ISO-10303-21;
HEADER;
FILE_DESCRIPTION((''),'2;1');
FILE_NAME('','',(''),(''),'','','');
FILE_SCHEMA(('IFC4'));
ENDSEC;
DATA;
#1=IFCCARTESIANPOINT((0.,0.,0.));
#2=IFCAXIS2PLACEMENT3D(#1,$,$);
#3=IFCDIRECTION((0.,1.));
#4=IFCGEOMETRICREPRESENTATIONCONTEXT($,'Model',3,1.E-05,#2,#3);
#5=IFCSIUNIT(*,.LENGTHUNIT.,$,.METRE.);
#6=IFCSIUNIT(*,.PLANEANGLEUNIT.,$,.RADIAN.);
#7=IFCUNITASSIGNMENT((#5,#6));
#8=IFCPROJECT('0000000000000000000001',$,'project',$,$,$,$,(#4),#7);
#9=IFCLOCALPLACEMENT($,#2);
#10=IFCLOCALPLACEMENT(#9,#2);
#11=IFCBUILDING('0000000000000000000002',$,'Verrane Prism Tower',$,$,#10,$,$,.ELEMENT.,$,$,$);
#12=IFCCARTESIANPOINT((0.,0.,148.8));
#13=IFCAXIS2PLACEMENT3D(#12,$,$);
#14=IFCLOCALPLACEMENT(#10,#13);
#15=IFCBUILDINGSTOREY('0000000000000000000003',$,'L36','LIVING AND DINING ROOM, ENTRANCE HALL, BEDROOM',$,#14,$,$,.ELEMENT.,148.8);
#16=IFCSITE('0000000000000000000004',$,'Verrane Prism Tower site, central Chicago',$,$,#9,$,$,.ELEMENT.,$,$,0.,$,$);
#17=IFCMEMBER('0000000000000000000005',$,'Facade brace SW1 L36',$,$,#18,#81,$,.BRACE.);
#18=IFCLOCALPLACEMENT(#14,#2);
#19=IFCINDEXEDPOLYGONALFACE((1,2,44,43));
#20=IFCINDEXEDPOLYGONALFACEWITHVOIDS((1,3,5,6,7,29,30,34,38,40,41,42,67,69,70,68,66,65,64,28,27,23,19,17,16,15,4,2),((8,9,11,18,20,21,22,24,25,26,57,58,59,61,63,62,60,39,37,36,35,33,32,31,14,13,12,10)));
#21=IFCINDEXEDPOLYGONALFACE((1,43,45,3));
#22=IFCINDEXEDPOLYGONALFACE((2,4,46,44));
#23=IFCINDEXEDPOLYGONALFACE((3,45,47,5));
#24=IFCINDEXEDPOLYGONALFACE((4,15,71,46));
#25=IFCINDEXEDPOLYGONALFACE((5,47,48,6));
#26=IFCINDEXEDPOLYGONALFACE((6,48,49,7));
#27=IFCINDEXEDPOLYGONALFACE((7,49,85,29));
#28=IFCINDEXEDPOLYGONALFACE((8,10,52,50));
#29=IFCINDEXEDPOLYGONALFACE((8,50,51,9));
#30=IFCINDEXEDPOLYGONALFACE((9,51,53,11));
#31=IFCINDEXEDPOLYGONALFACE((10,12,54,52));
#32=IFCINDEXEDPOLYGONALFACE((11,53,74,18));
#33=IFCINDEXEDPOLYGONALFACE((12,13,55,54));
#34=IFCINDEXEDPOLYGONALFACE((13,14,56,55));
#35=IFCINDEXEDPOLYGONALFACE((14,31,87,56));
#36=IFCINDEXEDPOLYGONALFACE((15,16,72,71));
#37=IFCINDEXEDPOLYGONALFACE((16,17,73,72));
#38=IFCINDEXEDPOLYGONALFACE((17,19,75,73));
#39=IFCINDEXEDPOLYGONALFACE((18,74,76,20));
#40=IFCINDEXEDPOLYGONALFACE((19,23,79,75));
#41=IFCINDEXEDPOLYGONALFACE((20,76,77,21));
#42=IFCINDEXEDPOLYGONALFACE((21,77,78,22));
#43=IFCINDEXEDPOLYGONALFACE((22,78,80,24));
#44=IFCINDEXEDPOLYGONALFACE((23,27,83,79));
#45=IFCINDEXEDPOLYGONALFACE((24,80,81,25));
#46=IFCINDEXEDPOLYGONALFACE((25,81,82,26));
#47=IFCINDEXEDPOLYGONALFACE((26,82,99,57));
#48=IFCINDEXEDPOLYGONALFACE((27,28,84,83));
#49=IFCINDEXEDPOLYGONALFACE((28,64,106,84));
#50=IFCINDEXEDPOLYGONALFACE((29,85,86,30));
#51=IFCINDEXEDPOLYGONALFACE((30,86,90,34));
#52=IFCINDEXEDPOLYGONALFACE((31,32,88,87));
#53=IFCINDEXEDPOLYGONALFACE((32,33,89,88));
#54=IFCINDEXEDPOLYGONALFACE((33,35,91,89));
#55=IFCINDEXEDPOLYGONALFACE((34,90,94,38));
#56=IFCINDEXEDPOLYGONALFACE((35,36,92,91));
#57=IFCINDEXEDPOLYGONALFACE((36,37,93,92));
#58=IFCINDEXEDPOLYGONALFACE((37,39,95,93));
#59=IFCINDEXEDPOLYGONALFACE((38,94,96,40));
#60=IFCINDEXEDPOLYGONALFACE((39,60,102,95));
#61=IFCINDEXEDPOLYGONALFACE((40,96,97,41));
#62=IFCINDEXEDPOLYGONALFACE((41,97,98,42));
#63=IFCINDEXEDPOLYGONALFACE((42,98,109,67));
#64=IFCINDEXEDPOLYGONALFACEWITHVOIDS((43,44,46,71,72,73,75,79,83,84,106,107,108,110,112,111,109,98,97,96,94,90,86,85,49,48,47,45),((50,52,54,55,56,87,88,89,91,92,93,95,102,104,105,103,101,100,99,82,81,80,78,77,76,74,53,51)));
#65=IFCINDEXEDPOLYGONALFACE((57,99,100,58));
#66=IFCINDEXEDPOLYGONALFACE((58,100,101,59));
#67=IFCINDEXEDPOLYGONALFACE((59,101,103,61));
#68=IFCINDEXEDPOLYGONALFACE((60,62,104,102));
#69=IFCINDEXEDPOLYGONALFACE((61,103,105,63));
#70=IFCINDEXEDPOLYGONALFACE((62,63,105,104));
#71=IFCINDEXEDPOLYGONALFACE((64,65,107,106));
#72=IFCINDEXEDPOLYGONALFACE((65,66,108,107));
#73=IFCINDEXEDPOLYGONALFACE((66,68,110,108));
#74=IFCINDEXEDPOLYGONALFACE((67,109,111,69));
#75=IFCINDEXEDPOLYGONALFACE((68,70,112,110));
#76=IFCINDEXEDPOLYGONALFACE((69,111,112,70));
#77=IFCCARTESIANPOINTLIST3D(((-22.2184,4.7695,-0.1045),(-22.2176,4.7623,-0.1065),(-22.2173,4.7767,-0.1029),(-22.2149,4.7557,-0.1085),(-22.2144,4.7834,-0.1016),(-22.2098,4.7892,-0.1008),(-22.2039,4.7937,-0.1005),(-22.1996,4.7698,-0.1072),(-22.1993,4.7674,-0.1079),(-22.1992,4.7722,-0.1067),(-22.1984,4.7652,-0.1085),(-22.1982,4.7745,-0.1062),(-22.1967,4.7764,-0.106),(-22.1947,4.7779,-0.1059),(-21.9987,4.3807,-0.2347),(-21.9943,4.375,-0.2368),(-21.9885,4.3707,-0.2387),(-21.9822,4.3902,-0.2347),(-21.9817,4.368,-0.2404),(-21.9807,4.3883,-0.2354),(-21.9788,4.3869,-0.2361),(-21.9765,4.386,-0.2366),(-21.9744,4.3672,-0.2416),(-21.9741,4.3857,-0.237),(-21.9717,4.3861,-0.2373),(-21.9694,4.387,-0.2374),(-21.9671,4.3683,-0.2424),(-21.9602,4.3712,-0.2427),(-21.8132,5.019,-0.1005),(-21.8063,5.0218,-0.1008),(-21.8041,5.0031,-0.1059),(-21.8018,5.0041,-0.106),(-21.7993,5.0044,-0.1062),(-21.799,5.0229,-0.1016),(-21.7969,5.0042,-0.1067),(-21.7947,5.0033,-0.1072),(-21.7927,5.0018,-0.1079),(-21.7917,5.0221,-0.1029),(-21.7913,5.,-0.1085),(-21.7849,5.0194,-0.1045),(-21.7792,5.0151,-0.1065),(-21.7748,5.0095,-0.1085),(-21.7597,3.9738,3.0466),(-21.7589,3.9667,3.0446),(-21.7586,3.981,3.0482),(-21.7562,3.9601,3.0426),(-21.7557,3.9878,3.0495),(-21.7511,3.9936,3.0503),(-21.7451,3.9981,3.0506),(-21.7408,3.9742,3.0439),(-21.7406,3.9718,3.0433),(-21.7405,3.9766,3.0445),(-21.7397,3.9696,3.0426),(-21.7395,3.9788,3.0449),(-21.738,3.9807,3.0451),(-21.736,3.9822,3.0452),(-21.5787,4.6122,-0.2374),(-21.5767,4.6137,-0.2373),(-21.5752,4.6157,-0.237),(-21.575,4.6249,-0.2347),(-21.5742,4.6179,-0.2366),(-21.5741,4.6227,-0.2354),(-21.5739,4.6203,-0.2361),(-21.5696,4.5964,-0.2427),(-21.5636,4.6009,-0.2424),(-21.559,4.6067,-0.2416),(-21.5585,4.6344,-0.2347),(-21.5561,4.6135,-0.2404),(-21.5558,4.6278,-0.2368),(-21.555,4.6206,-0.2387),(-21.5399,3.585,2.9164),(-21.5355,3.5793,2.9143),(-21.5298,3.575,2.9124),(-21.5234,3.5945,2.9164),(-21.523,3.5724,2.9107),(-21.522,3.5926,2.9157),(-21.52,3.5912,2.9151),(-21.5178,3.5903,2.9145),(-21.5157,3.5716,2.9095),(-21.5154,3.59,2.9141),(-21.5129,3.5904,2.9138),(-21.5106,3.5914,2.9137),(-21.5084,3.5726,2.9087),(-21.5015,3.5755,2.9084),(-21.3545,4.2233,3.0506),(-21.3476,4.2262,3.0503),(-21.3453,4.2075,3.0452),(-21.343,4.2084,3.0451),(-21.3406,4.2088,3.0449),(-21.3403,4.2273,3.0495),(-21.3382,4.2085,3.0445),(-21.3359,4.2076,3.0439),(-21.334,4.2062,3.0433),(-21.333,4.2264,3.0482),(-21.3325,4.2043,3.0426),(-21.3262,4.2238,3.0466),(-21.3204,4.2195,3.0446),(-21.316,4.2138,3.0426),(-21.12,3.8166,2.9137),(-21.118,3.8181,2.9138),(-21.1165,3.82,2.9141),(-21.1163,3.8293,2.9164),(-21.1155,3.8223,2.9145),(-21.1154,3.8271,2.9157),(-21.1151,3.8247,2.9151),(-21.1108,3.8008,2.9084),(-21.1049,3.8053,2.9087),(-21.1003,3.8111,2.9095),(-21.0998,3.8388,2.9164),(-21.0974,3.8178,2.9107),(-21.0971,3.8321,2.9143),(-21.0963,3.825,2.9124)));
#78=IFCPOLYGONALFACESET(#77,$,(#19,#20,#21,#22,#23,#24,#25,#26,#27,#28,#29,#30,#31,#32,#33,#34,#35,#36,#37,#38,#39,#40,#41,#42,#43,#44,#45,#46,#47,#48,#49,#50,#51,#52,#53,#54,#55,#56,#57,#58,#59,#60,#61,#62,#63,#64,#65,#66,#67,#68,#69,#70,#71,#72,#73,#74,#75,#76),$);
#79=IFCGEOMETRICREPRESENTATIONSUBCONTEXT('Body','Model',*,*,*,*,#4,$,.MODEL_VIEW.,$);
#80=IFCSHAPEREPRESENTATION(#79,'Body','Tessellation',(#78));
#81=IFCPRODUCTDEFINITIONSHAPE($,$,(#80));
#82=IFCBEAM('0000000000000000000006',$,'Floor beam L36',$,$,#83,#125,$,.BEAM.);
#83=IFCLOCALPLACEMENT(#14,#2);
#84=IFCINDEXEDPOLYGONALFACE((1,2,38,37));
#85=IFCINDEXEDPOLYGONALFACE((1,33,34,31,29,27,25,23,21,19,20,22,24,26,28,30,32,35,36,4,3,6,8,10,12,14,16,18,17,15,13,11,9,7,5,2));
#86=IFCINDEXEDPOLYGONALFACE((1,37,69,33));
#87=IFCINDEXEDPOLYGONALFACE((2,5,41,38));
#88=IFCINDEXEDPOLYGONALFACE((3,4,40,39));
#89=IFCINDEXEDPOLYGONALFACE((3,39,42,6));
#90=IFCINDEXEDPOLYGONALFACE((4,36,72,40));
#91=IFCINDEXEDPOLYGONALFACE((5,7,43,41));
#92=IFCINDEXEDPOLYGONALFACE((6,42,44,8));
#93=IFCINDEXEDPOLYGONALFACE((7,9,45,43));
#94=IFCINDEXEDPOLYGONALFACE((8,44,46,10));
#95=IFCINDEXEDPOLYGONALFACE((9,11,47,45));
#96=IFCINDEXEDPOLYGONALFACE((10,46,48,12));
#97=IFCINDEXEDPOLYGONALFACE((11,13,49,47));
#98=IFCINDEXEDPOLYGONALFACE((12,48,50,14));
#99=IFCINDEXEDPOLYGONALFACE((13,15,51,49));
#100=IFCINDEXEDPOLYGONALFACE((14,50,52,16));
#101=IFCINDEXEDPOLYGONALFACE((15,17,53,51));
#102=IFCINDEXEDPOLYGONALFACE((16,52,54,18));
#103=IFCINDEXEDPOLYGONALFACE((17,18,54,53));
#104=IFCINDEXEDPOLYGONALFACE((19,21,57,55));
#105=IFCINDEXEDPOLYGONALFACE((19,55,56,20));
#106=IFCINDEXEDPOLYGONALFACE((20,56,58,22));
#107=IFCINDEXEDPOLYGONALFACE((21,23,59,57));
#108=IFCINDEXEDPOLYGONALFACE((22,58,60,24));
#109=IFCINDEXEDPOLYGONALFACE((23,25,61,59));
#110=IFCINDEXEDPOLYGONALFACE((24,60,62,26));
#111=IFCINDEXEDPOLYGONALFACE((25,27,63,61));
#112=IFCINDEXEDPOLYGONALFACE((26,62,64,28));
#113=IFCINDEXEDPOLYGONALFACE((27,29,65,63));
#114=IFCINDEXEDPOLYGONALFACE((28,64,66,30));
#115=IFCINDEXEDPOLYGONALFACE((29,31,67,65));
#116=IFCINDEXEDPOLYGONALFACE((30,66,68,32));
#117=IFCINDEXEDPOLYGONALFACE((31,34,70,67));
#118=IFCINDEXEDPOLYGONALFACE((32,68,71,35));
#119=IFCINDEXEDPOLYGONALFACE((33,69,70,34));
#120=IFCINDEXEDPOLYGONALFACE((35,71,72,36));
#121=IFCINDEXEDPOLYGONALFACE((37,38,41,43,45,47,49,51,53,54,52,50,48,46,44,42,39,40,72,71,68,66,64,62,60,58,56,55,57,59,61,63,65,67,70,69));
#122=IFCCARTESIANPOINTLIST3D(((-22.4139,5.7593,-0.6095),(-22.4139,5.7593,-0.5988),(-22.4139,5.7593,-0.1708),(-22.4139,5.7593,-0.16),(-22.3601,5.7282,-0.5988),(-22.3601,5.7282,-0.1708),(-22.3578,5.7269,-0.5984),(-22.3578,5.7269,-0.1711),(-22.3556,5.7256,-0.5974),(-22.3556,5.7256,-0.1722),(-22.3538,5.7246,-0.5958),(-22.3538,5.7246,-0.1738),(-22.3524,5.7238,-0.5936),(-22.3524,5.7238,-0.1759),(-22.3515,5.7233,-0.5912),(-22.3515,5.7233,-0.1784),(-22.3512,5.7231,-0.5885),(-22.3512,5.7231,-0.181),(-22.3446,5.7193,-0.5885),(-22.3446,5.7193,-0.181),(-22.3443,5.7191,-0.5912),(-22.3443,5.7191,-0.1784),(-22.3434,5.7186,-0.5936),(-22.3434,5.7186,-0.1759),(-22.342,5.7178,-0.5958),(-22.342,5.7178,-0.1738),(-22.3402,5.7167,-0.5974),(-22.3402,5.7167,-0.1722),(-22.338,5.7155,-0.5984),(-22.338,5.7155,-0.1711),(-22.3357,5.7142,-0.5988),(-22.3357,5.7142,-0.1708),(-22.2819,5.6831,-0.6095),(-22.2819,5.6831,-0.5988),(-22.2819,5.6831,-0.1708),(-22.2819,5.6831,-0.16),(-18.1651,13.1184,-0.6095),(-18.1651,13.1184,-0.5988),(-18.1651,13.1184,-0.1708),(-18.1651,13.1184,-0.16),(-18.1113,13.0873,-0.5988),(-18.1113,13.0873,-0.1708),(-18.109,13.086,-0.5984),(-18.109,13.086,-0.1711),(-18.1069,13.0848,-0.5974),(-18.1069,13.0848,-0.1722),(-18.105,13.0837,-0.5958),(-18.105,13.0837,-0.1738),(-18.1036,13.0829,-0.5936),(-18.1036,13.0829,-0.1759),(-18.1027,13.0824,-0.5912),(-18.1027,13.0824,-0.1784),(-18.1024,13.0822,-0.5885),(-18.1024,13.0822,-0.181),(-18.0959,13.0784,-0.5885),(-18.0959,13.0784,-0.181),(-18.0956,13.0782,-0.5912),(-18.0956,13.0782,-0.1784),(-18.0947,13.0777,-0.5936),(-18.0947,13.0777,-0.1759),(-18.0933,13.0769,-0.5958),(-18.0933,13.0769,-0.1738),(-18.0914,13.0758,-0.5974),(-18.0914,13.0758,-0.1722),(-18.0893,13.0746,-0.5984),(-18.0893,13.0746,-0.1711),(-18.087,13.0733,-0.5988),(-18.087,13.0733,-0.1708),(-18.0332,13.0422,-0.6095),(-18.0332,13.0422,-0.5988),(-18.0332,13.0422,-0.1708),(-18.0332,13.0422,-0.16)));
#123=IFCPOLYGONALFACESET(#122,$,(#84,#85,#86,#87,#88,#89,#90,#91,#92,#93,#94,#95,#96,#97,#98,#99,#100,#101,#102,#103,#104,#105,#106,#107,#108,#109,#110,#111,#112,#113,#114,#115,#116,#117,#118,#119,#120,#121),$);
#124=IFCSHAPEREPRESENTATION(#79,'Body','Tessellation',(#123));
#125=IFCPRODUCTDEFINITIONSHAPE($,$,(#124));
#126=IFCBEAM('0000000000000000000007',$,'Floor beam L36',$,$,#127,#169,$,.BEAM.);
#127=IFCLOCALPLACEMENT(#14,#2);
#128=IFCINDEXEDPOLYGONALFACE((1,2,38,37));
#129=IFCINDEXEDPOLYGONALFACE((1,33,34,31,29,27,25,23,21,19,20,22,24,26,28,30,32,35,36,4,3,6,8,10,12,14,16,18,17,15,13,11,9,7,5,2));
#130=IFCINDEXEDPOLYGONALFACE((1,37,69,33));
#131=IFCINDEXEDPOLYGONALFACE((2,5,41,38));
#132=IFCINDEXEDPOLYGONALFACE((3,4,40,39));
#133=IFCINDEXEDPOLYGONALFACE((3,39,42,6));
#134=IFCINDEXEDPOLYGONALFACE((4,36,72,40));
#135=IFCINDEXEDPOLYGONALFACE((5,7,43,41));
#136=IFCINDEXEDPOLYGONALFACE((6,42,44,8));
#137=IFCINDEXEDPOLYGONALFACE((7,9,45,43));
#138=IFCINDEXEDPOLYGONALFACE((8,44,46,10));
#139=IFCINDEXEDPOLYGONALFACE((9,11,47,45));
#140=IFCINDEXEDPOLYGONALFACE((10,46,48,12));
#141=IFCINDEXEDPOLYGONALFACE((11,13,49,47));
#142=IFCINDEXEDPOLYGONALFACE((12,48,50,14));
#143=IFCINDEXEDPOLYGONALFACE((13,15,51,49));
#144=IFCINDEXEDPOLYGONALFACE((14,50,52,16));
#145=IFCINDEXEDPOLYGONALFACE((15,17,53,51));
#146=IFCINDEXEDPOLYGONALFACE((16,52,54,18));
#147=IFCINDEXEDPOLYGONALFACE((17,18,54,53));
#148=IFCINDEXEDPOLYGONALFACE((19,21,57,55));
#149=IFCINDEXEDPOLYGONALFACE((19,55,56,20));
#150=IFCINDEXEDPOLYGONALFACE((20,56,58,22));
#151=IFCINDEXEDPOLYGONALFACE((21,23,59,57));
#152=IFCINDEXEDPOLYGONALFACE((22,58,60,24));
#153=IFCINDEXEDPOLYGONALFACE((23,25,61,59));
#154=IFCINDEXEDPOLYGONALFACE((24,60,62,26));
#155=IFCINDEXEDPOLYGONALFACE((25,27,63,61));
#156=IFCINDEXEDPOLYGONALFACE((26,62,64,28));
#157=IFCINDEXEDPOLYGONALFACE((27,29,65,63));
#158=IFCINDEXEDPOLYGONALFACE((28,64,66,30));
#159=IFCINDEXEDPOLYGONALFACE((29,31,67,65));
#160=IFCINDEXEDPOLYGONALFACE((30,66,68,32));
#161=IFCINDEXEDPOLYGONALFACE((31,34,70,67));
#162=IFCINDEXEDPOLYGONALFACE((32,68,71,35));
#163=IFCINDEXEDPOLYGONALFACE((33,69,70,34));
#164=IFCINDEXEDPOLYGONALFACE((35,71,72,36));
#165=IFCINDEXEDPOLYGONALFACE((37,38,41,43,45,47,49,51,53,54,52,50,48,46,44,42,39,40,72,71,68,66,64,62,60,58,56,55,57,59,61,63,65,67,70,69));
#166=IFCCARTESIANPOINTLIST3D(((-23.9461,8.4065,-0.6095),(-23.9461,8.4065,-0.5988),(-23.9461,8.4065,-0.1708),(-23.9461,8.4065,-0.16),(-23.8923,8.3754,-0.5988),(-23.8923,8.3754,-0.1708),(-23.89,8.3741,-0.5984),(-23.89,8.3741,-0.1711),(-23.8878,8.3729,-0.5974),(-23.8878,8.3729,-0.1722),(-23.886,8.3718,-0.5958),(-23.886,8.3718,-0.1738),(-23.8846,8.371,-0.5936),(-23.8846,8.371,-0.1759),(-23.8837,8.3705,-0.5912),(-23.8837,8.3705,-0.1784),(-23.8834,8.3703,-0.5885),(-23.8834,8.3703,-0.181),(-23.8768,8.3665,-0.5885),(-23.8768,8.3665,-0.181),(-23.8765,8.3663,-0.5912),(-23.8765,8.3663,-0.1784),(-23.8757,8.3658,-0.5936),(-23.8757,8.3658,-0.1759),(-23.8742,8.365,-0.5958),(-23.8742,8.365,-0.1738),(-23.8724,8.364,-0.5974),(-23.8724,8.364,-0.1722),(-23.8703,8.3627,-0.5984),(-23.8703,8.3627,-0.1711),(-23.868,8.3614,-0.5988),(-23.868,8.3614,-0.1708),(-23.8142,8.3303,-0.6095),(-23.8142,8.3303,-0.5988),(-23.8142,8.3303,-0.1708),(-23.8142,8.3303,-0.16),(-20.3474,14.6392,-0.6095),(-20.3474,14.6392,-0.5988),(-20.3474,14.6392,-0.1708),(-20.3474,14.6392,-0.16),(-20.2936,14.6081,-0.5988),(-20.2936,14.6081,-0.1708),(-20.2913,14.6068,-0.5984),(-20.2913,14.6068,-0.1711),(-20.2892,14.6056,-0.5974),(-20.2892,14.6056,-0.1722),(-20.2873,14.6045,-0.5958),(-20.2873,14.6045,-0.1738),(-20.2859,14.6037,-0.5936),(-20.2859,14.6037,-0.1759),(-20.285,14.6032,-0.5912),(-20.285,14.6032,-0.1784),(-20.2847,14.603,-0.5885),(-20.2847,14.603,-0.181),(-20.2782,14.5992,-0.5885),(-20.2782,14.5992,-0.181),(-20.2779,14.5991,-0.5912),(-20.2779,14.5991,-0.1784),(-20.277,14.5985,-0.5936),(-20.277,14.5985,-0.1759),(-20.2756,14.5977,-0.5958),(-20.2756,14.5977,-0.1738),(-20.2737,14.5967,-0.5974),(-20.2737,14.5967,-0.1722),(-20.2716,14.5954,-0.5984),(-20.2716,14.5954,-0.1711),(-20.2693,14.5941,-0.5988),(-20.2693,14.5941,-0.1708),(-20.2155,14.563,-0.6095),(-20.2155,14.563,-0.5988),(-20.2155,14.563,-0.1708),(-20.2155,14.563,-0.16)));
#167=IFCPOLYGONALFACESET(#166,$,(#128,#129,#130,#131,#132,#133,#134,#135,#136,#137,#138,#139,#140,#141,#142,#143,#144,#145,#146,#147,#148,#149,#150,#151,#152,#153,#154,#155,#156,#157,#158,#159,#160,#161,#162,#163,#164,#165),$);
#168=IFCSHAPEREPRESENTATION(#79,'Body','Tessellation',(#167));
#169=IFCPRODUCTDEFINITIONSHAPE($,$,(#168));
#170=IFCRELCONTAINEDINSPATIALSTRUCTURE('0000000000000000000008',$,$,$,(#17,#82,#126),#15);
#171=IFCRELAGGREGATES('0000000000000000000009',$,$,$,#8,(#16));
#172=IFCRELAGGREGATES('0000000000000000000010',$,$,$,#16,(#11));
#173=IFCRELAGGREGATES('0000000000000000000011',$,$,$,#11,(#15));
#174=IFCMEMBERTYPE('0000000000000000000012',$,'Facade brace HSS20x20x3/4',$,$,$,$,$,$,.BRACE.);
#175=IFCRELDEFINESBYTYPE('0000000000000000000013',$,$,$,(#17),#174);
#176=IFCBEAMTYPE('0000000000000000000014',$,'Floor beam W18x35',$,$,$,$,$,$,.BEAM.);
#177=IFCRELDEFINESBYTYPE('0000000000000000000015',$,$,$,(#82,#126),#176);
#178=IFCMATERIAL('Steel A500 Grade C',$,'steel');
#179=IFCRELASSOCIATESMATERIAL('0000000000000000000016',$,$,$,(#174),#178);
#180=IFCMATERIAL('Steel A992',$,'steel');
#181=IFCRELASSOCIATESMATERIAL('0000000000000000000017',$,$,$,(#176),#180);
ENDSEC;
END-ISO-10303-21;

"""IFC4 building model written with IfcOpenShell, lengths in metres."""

from ifc_helpers import new_model, si_unit, direction, frame, origin, origin_2d, place, context, subcontext, project, spatial, hollow_rectangle, i_section, extrude, material, material_profile, profile_set, type_object, element, save


model = new_model("IFC4")

# Units and contexts
model_context = context("Model", 3, precision=1e-05, world=origin(), true_north=direction((0.0, 1.0)))
body_context = subcontext(model_context, "Body", "Model", "MODEL_VIEW")
ifc_project = project(units=[si_unit("LENGTHUNIT", "METRE"), si_unit("PLANEANGLEUNIT", "RADIAN")], contexts=[model_context])

# Site, building, storey
site_placement = place(None, origin())
site = spatial("IfcSite", under=ifc_project, at=site_placement, Name="Verrane Prism Tower site, central Chicago", CompositionType="ELEMENT", RefElevation=0.0)
building_placement = place(site_placement, origin())
building = spatial("IfcBuilding", under=site, at=building_placement, Name="Verrane Prism Tower", CompositionType="ELEMENT")
storey_placement = place(building_placement, frame((0.0, 0.0, 148.8)))
storey = spatial("IfcBuildingStorey", under=building, at=storey_placement, Name="L36", Description="LIVING AND DINING ROOM, ENTRANCE HALL, BEDROOM", CompositionType="ELEMENT", Elevation=148.8)

# Member
ifc_material_1 = material(Name="Steel A500 Grade C", Category="steel")
ifc_material_profile_1 = material_profile(ifc_material_1, hollow_rectangle(XDim=0.5081, YDim=0.5081, WallThickness=0.019, InnerFilletRadius=0.0095, OuterFilletRadius=0.0286, at=origin_2d()), Name="HSS20x20x3/4")
ifc_profile_set_1 = profile_set([ifc_material_profile_1], Name="Steel A500 Grade C")
member_type_1 = type_object("IfcMemberType", Name="Facade brace HSS20x20x3/4", PredefinedType="BRACE", material=ifc_profile_set_1)
member_1_placement = place(storey_placement, frame((-21.8867, 4.6951, -0.1716), z_axis=(0.139764, -0.242412, 0.960053), x_axis=(0.866323, 0.499485, 0.0)))
element("IfcMember", 1, at=member_1_placement, inside=storey, type_object=member_type_1, Name="Facade brace SW1 L36", PredefinedType="BRACE", context=body_context, shape_type="SweptSolid", body=[
    extrude(hollow_rectangle(XDim=0.5081, YDim=0.5081, WallThickness=0.019, InnerFilletRadius=0.0095, OuterFilletRadius=0.0286, at=origin_2d()), origin(), (0.0, 0.0, 1.0), 3.2822),
])

# Beams
ifc_material_2 = material(Name="Steel A992", Category="steel")
ifc_material_profile_2 = material_profile(ifc_material_2, i_section(OverallWidth=0.1523, OverallDepth=0.4495, WebThickness=0.0076, FlangeThickness=0.0107, FilletRadius=0.0103, at=origin_2d()), Name="W18x35")
ifc_profile_set_2 = profile_set([ifc_material_profile_2], Name="Steel A992")
beam_type_1 = type_object("IfcBeamType", Name="Floor beam W18x35", PredefinedType="BEAM", material=ifc_profile_set_2)
beam_1_placement = place(storey_placement, frame((-22.3479, 5.7212, -0.3848), z_axis=(0.499999, 0.866026, 0.0), x_axis=(-0.866026, 0.499999, 0.0)))
element("IfcBeam", 2, at=beam_1_placement, inside=storey, type_object=beam_type_1, Name="Floor beam L36", PredefinedType="BEAM", context=body_context, shape_type="SweptSolid", body=[
    extrude(i_section(OverallWidth=0.1523, OverallDepth=0.4495, WebThickness=0.0076, FlangeThickness=0.0107, FilletRadius=0.0103, at=origin_2d()), origin(), (0.0, 0.0, 1.0), 8.4976),
])
beam_2_placement = place(storey_placement, frame((-23.8801, 8.3684, -0.3848), z_axis=(0.500021, 0.866013, 0.0), x_axis=(-0.866013, 0.500021, 0.0)))
element("IfcBeam", 3, at=beam_2_placement, inside=storey, type_object=beam_type_1, Name="Floor beam L36", PredefinedType="BEAM", context=body_context, shape_type="SweptSolid", body=[
    extrude(i_section(OverallWidth=0.1523, OverallDepth=0.4495, WebThickness=0.0076, FlangeThickness=0.0107, FilletRadius=0.0103, at=origin_2d()), origin(), (0.0, 0.0, 1.0), 7.197),
])

save(model, "model.ifc")
